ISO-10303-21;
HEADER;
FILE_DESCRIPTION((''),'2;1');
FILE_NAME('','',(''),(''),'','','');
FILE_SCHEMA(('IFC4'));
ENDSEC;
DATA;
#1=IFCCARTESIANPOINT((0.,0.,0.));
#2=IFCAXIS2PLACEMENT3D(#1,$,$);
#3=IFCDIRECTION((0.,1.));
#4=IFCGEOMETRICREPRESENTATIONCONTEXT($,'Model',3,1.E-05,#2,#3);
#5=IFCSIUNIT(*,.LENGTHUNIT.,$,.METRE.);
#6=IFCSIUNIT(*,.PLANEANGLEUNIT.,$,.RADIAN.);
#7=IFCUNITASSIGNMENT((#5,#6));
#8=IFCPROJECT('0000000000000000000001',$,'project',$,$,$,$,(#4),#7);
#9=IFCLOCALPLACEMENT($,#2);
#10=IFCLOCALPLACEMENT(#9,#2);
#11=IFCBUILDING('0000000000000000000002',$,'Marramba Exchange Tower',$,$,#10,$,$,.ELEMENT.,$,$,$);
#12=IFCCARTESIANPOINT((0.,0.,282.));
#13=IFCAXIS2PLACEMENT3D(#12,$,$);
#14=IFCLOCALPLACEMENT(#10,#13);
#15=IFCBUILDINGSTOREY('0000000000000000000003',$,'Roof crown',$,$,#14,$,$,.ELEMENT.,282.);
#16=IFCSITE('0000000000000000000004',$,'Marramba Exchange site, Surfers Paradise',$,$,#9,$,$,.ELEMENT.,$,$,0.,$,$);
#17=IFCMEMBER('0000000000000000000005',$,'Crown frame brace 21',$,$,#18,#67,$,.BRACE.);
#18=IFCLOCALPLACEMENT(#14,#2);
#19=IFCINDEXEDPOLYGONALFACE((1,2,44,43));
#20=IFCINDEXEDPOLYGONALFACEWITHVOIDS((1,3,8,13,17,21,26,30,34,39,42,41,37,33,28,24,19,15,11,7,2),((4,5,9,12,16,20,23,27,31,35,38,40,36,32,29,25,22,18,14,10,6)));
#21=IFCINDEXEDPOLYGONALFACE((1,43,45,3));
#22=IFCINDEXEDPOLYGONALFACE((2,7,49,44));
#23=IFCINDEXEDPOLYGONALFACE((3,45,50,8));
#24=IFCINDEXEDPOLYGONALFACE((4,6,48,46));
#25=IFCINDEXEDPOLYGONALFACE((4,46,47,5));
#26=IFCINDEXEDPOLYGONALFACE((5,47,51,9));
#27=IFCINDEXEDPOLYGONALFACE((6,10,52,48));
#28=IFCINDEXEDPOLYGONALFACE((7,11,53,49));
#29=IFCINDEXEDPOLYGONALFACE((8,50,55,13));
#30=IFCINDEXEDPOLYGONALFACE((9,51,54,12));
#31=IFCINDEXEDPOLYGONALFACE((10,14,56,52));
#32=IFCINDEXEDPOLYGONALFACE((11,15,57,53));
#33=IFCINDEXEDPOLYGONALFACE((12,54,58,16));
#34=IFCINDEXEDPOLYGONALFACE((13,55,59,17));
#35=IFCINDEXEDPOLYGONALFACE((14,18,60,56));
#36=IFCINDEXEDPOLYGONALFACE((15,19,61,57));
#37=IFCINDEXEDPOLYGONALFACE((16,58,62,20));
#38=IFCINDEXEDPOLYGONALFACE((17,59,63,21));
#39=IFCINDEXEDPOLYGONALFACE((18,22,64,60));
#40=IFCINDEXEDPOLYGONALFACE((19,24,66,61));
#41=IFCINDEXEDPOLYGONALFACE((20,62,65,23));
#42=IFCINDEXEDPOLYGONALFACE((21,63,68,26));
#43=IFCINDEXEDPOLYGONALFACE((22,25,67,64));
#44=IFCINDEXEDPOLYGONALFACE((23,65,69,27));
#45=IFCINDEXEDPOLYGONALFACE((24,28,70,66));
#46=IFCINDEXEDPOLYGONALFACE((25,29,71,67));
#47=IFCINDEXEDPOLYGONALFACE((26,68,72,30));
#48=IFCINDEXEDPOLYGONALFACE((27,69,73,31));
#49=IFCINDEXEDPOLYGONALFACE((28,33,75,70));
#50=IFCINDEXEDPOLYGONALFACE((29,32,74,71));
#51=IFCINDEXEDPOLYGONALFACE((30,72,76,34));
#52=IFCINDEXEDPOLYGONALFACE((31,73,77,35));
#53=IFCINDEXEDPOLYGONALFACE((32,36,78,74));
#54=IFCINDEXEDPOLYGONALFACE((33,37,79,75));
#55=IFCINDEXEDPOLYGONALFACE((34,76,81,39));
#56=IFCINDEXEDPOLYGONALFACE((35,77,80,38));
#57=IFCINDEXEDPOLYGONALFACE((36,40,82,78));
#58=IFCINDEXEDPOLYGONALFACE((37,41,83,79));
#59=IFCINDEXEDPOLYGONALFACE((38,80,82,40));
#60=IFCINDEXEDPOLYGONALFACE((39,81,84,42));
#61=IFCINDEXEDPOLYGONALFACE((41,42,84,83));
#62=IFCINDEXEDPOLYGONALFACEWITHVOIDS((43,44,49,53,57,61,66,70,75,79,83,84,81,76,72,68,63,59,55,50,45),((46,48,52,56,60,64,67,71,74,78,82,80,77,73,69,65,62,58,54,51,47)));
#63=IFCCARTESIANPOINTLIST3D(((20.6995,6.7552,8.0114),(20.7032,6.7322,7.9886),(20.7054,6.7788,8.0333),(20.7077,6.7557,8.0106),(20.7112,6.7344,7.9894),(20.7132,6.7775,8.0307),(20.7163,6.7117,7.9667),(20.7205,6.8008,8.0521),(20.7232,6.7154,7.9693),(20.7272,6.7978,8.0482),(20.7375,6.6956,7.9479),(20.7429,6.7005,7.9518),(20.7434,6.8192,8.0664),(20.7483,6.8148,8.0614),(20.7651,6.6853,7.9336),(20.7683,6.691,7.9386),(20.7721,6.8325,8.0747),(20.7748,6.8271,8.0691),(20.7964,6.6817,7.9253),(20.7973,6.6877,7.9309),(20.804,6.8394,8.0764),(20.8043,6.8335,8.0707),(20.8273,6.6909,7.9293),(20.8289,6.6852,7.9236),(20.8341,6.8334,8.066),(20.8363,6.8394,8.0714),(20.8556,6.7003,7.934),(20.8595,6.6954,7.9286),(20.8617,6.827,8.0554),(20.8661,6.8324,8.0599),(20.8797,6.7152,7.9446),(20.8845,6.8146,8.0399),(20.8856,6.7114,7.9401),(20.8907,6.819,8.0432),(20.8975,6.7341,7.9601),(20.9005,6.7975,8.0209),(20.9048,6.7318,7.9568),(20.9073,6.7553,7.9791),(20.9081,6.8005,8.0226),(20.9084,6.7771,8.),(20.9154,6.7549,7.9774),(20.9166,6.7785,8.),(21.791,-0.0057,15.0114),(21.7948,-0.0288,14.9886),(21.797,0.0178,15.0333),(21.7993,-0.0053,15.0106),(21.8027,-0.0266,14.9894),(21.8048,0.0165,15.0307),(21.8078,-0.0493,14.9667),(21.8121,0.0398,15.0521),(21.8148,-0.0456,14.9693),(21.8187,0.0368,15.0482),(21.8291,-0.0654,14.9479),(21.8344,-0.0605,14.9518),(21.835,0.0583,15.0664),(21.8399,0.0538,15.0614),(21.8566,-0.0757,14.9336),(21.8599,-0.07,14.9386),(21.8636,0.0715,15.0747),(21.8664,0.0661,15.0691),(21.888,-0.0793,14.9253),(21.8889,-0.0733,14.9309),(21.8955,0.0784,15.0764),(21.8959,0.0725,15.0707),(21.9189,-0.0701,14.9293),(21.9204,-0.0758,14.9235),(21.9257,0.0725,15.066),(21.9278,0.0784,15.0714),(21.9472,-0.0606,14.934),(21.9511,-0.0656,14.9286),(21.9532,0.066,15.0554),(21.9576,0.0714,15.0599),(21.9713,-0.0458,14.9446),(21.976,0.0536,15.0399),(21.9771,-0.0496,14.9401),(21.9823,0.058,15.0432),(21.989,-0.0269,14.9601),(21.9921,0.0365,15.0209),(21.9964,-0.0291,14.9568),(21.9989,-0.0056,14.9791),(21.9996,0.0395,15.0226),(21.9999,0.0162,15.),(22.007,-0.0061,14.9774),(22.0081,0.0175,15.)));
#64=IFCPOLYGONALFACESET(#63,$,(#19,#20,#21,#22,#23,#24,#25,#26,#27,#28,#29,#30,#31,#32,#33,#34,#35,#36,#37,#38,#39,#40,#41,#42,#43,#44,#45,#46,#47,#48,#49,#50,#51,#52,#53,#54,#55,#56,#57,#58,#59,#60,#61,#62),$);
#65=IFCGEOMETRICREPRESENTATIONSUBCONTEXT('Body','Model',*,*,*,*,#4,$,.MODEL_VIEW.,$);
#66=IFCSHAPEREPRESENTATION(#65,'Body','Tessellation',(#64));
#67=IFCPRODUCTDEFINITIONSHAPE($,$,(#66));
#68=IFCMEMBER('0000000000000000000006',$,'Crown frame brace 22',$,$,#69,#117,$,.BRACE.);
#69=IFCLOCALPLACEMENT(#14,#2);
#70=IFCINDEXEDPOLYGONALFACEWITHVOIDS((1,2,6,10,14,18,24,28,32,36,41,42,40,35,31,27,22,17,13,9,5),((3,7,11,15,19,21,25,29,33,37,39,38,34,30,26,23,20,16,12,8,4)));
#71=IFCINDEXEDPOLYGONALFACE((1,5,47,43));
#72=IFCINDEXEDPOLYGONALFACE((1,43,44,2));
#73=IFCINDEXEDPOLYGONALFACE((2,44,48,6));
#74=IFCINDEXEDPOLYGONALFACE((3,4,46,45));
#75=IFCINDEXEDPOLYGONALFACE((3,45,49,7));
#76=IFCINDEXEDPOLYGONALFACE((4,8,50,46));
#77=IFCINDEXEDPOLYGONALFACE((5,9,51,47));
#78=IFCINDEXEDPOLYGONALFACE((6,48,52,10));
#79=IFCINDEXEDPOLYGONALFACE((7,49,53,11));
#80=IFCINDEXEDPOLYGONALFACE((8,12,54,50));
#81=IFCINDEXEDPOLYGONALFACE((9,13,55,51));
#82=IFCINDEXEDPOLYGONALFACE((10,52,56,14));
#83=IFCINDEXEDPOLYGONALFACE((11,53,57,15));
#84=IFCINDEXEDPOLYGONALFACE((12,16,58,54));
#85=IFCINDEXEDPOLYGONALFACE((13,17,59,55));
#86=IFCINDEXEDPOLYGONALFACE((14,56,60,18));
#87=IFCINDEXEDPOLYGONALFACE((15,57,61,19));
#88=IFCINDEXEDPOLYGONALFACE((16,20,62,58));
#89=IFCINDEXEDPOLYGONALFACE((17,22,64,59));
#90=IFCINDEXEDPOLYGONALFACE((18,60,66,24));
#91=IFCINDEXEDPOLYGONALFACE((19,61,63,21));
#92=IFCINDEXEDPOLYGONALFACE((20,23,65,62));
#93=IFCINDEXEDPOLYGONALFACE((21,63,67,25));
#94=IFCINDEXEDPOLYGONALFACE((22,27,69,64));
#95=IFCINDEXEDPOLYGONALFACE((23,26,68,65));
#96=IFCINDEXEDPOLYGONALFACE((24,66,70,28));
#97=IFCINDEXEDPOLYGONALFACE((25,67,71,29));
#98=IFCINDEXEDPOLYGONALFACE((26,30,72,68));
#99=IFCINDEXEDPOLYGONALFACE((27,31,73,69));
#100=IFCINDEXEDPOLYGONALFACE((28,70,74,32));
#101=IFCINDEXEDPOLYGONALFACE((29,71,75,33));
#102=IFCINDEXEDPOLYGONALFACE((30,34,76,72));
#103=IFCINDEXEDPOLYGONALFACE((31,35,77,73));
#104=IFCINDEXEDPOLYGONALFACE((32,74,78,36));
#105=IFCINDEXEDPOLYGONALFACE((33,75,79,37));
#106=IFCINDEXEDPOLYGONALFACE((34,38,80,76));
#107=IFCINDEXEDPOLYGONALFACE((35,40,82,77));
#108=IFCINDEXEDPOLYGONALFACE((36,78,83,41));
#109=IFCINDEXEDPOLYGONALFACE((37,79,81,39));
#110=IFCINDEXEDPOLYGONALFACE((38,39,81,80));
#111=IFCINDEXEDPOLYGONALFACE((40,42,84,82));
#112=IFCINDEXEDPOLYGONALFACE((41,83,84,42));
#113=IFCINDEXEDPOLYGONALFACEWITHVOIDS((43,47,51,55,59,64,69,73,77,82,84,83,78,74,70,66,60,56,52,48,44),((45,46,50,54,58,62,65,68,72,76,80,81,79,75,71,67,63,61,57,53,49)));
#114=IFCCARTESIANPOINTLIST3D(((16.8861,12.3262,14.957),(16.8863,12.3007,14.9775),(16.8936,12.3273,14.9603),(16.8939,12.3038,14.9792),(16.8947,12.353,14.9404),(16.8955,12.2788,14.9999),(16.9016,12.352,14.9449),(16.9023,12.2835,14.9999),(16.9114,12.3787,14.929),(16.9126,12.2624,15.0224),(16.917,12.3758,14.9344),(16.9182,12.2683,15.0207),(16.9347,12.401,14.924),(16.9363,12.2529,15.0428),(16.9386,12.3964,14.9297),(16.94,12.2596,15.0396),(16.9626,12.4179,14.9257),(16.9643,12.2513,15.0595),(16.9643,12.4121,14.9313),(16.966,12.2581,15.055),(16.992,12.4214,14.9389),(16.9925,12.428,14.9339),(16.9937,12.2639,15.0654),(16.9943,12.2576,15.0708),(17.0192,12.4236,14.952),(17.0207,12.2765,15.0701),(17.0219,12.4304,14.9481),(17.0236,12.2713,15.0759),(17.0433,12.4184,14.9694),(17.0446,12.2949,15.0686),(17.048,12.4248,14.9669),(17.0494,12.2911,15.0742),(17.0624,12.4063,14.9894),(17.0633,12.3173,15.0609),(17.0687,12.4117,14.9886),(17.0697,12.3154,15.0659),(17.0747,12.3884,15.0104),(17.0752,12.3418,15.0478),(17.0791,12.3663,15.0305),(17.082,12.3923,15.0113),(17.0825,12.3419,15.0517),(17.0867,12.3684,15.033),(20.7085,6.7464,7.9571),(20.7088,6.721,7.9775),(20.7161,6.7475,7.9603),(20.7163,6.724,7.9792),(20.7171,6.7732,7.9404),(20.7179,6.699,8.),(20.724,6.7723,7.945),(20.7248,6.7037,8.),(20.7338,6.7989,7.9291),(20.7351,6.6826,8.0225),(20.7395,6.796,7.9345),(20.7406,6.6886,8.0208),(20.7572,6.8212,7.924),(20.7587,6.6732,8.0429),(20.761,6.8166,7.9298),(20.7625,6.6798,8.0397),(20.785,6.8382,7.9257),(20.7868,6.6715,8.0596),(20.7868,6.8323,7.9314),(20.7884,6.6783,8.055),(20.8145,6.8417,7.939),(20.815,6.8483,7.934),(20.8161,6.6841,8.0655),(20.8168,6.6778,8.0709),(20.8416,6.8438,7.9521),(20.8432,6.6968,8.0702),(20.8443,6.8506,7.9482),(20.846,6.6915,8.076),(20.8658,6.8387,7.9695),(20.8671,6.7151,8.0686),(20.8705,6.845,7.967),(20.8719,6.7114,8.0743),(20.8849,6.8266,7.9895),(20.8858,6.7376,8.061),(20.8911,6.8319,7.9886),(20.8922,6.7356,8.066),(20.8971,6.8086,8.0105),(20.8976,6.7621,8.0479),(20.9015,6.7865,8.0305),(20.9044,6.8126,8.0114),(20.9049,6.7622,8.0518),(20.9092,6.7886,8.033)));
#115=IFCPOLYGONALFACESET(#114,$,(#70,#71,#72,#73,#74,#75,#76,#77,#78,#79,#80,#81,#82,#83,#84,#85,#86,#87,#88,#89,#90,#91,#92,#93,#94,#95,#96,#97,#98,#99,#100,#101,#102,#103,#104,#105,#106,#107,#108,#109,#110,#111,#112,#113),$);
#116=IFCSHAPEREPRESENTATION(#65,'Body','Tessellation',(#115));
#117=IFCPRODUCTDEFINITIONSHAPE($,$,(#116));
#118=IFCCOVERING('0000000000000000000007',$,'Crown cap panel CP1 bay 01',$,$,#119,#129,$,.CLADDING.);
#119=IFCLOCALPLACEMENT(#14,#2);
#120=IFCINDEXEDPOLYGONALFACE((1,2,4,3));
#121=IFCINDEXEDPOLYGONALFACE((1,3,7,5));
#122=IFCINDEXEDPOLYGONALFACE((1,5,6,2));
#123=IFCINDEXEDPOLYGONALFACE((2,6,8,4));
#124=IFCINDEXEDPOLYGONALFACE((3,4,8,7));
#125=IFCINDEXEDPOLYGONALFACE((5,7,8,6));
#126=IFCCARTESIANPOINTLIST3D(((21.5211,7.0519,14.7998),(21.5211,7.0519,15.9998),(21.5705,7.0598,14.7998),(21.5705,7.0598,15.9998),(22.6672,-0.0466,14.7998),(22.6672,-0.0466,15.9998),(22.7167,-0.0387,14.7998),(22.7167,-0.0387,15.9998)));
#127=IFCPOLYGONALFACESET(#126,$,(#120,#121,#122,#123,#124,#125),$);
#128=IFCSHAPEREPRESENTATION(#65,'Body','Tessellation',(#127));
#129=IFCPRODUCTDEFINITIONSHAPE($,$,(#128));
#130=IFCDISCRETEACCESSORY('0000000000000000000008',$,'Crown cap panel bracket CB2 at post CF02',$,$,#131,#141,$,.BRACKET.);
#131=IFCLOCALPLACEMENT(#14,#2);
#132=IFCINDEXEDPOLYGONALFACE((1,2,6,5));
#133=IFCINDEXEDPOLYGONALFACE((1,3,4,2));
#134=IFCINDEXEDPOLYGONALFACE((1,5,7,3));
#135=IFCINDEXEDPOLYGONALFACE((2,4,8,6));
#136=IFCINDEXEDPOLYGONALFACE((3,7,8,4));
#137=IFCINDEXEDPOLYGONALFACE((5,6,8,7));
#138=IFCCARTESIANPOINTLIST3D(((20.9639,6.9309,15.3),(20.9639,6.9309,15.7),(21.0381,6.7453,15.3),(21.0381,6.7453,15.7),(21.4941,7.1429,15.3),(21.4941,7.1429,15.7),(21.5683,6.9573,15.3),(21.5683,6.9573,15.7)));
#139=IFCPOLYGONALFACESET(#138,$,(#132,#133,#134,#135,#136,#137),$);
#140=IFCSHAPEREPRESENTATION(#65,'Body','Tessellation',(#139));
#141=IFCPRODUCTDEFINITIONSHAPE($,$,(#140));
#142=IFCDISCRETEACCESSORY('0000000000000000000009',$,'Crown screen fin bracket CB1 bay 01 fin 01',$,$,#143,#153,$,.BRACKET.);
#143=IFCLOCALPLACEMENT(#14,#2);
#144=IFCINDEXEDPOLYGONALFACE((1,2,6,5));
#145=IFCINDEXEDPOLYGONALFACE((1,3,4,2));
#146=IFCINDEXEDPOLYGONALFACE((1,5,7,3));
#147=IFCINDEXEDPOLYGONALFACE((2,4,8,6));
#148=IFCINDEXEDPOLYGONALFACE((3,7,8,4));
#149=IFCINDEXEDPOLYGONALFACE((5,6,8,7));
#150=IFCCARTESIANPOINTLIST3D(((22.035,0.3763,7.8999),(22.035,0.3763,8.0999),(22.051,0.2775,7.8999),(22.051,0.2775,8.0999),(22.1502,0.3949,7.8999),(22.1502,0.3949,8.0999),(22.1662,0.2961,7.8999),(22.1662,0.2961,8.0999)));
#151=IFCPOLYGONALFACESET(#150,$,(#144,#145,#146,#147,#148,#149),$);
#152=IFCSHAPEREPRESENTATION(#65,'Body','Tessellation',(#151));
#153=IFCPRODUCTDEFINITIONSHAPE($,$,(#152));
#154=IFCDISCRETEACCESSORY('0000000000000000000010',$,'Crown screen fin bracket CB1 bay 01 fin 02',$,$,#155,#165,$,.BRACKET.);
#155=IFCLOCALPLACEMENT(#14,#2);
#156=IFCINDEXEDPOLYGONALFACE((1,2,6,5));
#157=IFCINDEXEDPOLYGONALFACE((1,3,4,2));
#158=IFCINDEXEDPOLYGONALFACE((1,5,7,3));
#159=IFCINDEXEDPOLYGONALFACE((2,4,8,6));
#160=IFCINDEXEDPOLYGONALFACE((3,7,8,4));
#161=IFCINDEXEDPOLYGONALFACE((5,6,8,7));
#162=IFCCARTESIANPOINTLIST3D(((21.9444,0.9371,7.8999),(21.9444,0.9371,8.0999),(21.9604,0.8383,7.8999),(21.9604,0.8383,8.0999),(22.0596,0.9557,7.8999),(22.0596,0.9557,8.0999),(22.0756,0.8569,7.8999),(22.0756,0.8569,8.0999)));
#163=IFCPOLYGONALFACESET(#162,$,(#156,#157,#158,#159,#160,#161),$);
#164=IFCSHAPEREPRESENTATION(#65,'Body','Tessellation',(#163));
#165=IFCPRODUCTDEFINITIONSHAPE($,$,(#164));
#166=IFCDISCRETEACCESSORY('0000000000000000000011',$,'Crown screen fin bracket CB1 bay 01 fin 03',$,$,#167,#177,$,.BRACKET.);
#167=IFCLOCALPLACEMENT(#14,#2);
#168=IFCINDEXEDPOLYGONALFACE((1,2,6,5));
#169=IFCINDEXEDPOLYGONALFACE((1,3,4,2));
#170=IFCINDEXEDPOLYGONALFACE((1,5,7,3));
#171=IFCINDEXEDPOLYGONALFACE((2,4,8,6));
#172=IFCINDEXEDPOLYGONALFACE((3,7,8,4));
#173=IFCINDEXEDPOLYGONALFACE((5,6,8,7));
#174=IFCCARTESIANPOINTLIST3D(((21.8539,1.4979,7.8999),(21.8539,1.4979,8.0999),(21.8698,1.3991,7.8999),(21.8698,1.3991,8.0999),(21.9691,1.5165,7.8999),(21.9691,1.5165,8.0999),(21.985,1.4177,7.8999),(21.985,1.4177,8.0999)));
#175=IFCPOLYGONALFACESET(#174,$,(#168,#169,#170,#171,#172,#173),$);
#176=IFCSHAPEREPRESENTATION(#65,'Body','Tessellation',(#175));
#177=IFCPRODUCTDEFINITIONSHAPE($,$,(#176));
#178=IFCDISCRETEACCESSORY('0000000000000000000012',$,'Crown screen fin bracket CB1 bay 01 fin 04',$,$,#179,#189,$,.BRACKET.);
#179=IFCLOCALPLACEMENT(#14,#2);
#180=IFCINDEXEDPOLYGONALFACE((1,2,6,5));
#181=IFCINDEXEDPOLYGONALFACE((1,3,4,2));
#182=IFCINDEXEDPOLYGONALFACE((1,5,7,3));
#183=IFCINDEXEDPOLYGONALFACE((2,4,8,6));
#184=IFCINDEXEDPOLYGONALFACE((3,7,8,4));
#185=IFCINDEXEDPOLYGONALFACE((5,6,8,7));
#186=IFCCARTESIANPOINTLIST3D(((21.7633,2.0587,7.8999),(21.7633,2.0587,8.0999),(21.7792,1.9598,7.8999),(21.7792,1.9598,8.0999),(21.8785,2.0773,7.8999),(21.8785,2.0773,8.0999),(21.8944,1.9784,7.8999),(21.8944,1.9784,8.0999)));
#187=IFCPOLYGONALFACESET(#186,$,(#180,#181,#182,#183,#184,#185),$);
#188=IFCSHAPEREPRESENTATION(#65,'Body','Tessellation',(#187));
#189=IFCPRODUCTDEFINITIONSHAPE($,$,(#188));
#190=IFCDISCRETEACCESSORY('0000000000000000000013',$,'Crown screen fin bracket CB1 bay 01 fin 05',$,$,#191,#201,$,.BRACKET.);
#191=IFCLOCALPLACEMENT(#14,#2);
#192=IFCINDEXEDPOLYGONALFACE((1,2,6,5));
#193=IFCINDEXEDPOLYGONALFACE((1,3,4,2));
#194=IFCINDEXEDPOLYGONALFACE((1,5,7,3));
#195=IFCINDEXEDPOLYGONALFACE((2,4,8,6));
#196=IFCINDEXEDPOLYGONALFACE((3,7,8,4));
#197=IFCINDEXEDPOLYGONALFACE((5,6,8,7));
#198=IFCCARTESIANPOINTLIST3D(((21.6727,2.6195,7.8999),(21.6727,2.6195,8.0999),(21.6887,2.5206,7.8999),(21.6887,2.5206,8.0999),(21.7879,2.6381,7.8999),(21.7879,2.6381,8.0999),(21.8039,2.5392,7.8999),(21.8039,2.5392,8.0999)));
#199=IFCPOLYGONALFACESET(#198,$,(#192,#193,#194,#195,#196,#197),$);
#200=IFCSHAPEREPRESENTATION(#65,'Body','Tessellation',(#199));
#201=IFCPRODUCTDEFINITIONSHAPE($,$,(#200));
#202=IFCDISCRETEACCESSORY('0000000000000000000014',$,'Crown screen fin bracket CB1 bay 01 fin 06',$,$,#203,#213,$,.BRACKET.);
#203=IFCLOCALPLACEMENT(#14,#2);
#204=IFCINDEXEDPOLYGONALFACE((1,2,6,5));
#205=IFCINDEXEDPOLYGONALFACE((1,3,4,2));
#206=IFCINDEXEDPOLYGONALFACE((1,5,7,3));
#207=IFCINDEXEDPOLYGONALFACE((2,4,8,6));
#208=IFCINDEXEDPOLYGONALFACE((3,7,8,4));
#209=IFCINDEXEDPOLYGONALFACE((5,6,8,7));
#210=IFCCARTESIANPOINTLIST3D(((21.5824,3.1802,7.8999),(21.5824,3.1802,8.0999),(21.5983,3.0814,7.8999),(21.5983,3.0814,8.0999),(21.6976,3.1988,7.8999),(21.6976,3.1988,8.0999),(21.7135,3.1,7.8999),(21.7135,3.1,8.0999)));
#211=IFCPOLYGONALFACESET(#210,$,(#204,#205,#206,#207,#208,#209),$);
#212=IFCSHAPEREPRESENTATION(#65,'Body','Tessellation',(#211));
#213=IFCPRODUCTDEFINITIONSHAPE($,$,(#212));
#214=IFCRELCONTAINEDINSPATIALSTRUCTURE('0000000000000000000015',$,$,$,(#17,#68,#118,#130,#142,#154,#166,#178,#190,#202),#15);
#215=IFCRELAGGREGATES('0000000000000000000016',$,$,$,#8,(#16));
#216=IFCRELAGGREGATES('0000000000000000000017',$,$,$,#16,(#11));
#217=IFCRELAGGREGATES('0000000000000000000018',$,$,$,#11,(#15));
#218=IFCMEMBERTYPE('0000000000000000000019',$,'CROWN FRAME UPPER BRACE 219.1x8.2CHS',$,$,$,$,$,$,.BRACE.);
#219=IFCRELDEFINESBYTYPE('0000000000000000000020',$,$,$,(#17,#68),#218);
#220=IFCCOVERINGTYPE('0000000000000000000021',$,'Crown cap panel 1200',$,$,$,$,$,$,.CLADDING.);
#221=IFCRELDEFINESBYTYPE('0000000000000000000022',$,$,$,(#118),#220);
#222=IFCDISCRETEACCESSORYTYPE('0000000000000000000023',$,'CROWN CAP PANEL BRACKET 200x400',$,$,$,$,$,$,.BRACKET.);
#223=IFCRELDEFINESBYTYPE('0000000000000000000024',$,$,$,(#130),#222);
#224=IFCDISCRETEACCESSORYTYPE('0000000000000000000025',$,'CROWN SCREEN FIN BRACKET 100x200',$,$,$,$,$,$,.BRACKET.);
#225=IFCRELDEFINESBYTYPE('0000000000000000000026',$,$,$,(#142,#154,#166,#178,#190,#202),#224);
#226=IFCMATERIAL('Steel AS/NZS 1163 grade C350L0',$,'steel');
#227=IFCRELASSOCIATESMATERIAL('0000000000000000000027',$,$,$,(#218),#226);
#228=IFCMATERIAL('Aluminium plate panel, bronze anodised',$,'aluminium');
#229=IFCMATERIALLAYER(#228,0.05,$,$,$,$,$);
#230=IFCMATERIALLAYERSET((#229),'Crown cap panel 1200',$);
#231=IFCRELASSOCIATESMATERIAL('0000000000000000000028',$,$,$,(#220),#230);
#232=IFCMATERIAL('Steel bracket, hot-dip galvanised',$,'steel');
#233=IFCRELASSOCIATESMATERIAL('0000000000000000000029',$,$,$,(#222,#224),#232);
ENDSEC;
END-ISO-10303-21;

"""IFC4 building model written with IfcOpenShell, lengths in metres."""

from ifc_helpers import new_model, si_unit, direction, frame, origin, origin_2d, place, context, subcontext, project, spatial, rectangle, hollow_circle, extrude, material, layer, layer_set, material_profile, profile_set, type_object, element, save


model = new_model("IFC4")

# Units and contexts
model_context = context("Model", 3, precision=1e-05, world=origin(), true_north=direction((0.0, 1.0)))
body_context = subcontext(model_context, "Body", "Model", "MODEL_VIEW")
ifc_project = project(units=[si_unit("LENGTHUNIT", "METRE"), si_unit("PLANEANGLEUNIT", "RADIAN")], contexts=[model_context])

# Site, building, storey
site_placement = place(None, origin())
site = spatial("IfcSite", under=ifc_project, at=site_placement, Name="Marramba Exchange site, Surfers Paradise", CompositionType="ELEMENT", RefElevation=0.0)
building_placement = place(site_placement, origin())
building = spatial("IfcBuilding", under=site, at=building_placement, Name="Marramba Exchange Tower", CompositionType="ELEMENT")
storey_placement = place(building_placement, frame((0.0, 0.0, 282.0)))
storey = spatial("IfcBuildingStorey", under=building, at=storey_placement, Name="Roof crown", CompositionType="ELEMENT", Elevation=282.0)

# Shared definitions
ifc_material_1 = material(Name="Steel AS/NZS 1163 grade C350L0", Category="steel")

# Members
ifc_material_profile_1 = material_profile(ifc_material_1, hollow_circle(Radius=0.1096, WallThickness=0.0083, at=origin_2d()), Name="219.1x8.2CHS")
ifc_profile_set_1 = profile_set([ifc_material_profile_1], Name="Steel AS/NZS 1163 grade C350L0")
member_type = type_object("IfcMemberType", Name="CROWN FRAME UPPER BRACE 219.1x8.2CHS", PredefinedType="BRACE", material=ifc_profile_set_1)
member_1_placement = place(storey_placement, frame((20.8083, 6.761, 8.0), z_axis=(0.111463, -0.690391, 0.714798), x_axis=(0.987217, 0.159385, 0.0)))
element("IfcMember", 1, at=member_1_placement, inside=storey, type_object=member_type, Name="Crown frame brace 21", PredefinedType="BRACE", context=body_context, shape_type="SweptSolid", body=[
    extrude(hollow_circle(Radius=0.1096, WallThickness=0.0083, at=origin_2d()), origin(), (0.0, 0.0, 1.0), 9.793),
])
member_2_placement = place(storey_placement, frame((20.8083, 6.761, 8.0), z_axis=(-0.392706, 0.573245, 0.719146), x_axis=(-0.824981, -0.56516, 0.0)))
element("IfcMember", 2, at=member_2_placement, inside=storey, type_object=member_type, Name="Crown frame brace 22", PredefinedType="BRACE", context=body_context, shape_type="SweptSolid", body=[
    extrude(hollow_circle(Radius=0.1096, WallThickness=0.0083, at=origin_2d()), origin(), (0.0, 0.0, 1.0), 9.7336),
])

# Covering
ifc_material_2 = material(Name="Aluminium plate panel, bronze anodised", Category="aluminium")
ifc_layer = layer(ifc_material_2, 0.05)
ifc_layer_set = layer_set([ifc_layer], Name="Crown cap panel 1200")
covering_type = type_object("IfcCoveringType", Name="Crown cap panel 1200", PredefinedType="CLADDING", material=ifc_layer_set)
covering_placement = place(storey_placement, frame((22.1189, 3.5066, 14.7998), z_axis=(0.0, 0.0, 1.0), x_axis=(-0.159394, 0.987215, 0.0)))
element("IfcCovering", 3, at=covering_placement, inside=storey, type_object=covering_type, Name="Crown cap panel CP1 bay 01", PredefinedType="CLADDING", context=body_context, shape_type="SweptSolid", body=[
    extrude(rectangle(XDim=7.1904, YDim=0.05, at=origin_2d()), origin(), (0.0, 0.0, 1.0), 1.2),
])

# Discrete accessories
ifc_material_3 = material(Name="Steel bracket, hot-dip galvanised", Category="steel")
discrete_accessory_type_1 = type_object("IfcDiscreteAccessoryType", Name="CROWN CAP PANEL BRACKET 200x400", PredefinedType="BRACKET", material=ifc_material_3)
discrete_accessory_placement = place(storey_placement, frame((21.2661, 6.9441, 15.3), z_axis=(0.0, 0.0, 1.0), x_axis=(0.92853, 0.371257, 0.0)))
element("IfcDiscreteAccessory", 4, at=discrete_accessory_placement, inside=storey, type_object=discrete_accessory_type_1, Name="Crown cap panel bracket CB2 at post CF02", PredefinedType="BRACKET", context=body_context, shape_type="SweptSolid", body=[
    extrude(rectangle(XDim=0.571, YDim=0.2, at=origin_2d()), origin(), (0.0, 0.0, 1.0), 0.3999),
])
discrete_accessory_type_2 = type_object("IfcDiscreteAccessoryType", Name="CROWN SCREEN FIN BRACKET 100x200", PredefinedType="BRACKET", material=ifc_material_3)
for number, where, z_axis, x_axis, name in (
    (5, (22.1006, 0.3362, 7.8999), (0.0, 0.0, 1.0), (-0.159394, 0.987215, 0.0), "Crown screen fin bracket CB1 bay 01 fin 01"),
    (6, (22.01, 0.897, 7.8999), (0.0, 0.0, 1.0), (-0.159394, 0.987215, 0.0), "Crown screen fin bracket CB1 bay 01 fin 02"),
    (7, (21.9194, 1.4578, 7.8999), (0.0, 0.0, 1.0), (-0.159394, 0.987215, 0.0), "Crown screen fin bracket CB1 bay 01 fin 03"),
    (8, (21.8289, 2.0186, 7.8999), (0.0, 0.0, 1.0), (-0.159394, 0.987215, 0.0), "Crown screen fin bracket CB1 bay 01 fin 04"),
    (9, (21.7383, 2.5793, 7.8999), (0.0, 0.0, 1.0), (-0.159394, 0.987215, 0.0), "Crown screen fin bracket CB1 bay 01 fin 05"),
    (10, (21.6479, 3.1401, 7.8999), (0.0, 0.0, 1.0), (-0.159394, 0.987215, 0.0), "Crown screen fin bracket CB1 bay 01 fin 06"),
):
    element("IfcDiscreteAccessory", number, at=place(storey_placement, frame(where, z_axis=z_axis, x_axis=x_axis)), inside=storey, type_object=discrete_accessory_type_2, Name=name, PredefinedType="BRACKET", context=body_context, shape_type="SweptSolid", body=[
        extrude(rectangle(XDim=0.1001, YDim=0.1167, at=origin_2d()), origin(), (0.0, 0.0, 1.0), 0.2),
    ])

save(model, "model.ifc")
